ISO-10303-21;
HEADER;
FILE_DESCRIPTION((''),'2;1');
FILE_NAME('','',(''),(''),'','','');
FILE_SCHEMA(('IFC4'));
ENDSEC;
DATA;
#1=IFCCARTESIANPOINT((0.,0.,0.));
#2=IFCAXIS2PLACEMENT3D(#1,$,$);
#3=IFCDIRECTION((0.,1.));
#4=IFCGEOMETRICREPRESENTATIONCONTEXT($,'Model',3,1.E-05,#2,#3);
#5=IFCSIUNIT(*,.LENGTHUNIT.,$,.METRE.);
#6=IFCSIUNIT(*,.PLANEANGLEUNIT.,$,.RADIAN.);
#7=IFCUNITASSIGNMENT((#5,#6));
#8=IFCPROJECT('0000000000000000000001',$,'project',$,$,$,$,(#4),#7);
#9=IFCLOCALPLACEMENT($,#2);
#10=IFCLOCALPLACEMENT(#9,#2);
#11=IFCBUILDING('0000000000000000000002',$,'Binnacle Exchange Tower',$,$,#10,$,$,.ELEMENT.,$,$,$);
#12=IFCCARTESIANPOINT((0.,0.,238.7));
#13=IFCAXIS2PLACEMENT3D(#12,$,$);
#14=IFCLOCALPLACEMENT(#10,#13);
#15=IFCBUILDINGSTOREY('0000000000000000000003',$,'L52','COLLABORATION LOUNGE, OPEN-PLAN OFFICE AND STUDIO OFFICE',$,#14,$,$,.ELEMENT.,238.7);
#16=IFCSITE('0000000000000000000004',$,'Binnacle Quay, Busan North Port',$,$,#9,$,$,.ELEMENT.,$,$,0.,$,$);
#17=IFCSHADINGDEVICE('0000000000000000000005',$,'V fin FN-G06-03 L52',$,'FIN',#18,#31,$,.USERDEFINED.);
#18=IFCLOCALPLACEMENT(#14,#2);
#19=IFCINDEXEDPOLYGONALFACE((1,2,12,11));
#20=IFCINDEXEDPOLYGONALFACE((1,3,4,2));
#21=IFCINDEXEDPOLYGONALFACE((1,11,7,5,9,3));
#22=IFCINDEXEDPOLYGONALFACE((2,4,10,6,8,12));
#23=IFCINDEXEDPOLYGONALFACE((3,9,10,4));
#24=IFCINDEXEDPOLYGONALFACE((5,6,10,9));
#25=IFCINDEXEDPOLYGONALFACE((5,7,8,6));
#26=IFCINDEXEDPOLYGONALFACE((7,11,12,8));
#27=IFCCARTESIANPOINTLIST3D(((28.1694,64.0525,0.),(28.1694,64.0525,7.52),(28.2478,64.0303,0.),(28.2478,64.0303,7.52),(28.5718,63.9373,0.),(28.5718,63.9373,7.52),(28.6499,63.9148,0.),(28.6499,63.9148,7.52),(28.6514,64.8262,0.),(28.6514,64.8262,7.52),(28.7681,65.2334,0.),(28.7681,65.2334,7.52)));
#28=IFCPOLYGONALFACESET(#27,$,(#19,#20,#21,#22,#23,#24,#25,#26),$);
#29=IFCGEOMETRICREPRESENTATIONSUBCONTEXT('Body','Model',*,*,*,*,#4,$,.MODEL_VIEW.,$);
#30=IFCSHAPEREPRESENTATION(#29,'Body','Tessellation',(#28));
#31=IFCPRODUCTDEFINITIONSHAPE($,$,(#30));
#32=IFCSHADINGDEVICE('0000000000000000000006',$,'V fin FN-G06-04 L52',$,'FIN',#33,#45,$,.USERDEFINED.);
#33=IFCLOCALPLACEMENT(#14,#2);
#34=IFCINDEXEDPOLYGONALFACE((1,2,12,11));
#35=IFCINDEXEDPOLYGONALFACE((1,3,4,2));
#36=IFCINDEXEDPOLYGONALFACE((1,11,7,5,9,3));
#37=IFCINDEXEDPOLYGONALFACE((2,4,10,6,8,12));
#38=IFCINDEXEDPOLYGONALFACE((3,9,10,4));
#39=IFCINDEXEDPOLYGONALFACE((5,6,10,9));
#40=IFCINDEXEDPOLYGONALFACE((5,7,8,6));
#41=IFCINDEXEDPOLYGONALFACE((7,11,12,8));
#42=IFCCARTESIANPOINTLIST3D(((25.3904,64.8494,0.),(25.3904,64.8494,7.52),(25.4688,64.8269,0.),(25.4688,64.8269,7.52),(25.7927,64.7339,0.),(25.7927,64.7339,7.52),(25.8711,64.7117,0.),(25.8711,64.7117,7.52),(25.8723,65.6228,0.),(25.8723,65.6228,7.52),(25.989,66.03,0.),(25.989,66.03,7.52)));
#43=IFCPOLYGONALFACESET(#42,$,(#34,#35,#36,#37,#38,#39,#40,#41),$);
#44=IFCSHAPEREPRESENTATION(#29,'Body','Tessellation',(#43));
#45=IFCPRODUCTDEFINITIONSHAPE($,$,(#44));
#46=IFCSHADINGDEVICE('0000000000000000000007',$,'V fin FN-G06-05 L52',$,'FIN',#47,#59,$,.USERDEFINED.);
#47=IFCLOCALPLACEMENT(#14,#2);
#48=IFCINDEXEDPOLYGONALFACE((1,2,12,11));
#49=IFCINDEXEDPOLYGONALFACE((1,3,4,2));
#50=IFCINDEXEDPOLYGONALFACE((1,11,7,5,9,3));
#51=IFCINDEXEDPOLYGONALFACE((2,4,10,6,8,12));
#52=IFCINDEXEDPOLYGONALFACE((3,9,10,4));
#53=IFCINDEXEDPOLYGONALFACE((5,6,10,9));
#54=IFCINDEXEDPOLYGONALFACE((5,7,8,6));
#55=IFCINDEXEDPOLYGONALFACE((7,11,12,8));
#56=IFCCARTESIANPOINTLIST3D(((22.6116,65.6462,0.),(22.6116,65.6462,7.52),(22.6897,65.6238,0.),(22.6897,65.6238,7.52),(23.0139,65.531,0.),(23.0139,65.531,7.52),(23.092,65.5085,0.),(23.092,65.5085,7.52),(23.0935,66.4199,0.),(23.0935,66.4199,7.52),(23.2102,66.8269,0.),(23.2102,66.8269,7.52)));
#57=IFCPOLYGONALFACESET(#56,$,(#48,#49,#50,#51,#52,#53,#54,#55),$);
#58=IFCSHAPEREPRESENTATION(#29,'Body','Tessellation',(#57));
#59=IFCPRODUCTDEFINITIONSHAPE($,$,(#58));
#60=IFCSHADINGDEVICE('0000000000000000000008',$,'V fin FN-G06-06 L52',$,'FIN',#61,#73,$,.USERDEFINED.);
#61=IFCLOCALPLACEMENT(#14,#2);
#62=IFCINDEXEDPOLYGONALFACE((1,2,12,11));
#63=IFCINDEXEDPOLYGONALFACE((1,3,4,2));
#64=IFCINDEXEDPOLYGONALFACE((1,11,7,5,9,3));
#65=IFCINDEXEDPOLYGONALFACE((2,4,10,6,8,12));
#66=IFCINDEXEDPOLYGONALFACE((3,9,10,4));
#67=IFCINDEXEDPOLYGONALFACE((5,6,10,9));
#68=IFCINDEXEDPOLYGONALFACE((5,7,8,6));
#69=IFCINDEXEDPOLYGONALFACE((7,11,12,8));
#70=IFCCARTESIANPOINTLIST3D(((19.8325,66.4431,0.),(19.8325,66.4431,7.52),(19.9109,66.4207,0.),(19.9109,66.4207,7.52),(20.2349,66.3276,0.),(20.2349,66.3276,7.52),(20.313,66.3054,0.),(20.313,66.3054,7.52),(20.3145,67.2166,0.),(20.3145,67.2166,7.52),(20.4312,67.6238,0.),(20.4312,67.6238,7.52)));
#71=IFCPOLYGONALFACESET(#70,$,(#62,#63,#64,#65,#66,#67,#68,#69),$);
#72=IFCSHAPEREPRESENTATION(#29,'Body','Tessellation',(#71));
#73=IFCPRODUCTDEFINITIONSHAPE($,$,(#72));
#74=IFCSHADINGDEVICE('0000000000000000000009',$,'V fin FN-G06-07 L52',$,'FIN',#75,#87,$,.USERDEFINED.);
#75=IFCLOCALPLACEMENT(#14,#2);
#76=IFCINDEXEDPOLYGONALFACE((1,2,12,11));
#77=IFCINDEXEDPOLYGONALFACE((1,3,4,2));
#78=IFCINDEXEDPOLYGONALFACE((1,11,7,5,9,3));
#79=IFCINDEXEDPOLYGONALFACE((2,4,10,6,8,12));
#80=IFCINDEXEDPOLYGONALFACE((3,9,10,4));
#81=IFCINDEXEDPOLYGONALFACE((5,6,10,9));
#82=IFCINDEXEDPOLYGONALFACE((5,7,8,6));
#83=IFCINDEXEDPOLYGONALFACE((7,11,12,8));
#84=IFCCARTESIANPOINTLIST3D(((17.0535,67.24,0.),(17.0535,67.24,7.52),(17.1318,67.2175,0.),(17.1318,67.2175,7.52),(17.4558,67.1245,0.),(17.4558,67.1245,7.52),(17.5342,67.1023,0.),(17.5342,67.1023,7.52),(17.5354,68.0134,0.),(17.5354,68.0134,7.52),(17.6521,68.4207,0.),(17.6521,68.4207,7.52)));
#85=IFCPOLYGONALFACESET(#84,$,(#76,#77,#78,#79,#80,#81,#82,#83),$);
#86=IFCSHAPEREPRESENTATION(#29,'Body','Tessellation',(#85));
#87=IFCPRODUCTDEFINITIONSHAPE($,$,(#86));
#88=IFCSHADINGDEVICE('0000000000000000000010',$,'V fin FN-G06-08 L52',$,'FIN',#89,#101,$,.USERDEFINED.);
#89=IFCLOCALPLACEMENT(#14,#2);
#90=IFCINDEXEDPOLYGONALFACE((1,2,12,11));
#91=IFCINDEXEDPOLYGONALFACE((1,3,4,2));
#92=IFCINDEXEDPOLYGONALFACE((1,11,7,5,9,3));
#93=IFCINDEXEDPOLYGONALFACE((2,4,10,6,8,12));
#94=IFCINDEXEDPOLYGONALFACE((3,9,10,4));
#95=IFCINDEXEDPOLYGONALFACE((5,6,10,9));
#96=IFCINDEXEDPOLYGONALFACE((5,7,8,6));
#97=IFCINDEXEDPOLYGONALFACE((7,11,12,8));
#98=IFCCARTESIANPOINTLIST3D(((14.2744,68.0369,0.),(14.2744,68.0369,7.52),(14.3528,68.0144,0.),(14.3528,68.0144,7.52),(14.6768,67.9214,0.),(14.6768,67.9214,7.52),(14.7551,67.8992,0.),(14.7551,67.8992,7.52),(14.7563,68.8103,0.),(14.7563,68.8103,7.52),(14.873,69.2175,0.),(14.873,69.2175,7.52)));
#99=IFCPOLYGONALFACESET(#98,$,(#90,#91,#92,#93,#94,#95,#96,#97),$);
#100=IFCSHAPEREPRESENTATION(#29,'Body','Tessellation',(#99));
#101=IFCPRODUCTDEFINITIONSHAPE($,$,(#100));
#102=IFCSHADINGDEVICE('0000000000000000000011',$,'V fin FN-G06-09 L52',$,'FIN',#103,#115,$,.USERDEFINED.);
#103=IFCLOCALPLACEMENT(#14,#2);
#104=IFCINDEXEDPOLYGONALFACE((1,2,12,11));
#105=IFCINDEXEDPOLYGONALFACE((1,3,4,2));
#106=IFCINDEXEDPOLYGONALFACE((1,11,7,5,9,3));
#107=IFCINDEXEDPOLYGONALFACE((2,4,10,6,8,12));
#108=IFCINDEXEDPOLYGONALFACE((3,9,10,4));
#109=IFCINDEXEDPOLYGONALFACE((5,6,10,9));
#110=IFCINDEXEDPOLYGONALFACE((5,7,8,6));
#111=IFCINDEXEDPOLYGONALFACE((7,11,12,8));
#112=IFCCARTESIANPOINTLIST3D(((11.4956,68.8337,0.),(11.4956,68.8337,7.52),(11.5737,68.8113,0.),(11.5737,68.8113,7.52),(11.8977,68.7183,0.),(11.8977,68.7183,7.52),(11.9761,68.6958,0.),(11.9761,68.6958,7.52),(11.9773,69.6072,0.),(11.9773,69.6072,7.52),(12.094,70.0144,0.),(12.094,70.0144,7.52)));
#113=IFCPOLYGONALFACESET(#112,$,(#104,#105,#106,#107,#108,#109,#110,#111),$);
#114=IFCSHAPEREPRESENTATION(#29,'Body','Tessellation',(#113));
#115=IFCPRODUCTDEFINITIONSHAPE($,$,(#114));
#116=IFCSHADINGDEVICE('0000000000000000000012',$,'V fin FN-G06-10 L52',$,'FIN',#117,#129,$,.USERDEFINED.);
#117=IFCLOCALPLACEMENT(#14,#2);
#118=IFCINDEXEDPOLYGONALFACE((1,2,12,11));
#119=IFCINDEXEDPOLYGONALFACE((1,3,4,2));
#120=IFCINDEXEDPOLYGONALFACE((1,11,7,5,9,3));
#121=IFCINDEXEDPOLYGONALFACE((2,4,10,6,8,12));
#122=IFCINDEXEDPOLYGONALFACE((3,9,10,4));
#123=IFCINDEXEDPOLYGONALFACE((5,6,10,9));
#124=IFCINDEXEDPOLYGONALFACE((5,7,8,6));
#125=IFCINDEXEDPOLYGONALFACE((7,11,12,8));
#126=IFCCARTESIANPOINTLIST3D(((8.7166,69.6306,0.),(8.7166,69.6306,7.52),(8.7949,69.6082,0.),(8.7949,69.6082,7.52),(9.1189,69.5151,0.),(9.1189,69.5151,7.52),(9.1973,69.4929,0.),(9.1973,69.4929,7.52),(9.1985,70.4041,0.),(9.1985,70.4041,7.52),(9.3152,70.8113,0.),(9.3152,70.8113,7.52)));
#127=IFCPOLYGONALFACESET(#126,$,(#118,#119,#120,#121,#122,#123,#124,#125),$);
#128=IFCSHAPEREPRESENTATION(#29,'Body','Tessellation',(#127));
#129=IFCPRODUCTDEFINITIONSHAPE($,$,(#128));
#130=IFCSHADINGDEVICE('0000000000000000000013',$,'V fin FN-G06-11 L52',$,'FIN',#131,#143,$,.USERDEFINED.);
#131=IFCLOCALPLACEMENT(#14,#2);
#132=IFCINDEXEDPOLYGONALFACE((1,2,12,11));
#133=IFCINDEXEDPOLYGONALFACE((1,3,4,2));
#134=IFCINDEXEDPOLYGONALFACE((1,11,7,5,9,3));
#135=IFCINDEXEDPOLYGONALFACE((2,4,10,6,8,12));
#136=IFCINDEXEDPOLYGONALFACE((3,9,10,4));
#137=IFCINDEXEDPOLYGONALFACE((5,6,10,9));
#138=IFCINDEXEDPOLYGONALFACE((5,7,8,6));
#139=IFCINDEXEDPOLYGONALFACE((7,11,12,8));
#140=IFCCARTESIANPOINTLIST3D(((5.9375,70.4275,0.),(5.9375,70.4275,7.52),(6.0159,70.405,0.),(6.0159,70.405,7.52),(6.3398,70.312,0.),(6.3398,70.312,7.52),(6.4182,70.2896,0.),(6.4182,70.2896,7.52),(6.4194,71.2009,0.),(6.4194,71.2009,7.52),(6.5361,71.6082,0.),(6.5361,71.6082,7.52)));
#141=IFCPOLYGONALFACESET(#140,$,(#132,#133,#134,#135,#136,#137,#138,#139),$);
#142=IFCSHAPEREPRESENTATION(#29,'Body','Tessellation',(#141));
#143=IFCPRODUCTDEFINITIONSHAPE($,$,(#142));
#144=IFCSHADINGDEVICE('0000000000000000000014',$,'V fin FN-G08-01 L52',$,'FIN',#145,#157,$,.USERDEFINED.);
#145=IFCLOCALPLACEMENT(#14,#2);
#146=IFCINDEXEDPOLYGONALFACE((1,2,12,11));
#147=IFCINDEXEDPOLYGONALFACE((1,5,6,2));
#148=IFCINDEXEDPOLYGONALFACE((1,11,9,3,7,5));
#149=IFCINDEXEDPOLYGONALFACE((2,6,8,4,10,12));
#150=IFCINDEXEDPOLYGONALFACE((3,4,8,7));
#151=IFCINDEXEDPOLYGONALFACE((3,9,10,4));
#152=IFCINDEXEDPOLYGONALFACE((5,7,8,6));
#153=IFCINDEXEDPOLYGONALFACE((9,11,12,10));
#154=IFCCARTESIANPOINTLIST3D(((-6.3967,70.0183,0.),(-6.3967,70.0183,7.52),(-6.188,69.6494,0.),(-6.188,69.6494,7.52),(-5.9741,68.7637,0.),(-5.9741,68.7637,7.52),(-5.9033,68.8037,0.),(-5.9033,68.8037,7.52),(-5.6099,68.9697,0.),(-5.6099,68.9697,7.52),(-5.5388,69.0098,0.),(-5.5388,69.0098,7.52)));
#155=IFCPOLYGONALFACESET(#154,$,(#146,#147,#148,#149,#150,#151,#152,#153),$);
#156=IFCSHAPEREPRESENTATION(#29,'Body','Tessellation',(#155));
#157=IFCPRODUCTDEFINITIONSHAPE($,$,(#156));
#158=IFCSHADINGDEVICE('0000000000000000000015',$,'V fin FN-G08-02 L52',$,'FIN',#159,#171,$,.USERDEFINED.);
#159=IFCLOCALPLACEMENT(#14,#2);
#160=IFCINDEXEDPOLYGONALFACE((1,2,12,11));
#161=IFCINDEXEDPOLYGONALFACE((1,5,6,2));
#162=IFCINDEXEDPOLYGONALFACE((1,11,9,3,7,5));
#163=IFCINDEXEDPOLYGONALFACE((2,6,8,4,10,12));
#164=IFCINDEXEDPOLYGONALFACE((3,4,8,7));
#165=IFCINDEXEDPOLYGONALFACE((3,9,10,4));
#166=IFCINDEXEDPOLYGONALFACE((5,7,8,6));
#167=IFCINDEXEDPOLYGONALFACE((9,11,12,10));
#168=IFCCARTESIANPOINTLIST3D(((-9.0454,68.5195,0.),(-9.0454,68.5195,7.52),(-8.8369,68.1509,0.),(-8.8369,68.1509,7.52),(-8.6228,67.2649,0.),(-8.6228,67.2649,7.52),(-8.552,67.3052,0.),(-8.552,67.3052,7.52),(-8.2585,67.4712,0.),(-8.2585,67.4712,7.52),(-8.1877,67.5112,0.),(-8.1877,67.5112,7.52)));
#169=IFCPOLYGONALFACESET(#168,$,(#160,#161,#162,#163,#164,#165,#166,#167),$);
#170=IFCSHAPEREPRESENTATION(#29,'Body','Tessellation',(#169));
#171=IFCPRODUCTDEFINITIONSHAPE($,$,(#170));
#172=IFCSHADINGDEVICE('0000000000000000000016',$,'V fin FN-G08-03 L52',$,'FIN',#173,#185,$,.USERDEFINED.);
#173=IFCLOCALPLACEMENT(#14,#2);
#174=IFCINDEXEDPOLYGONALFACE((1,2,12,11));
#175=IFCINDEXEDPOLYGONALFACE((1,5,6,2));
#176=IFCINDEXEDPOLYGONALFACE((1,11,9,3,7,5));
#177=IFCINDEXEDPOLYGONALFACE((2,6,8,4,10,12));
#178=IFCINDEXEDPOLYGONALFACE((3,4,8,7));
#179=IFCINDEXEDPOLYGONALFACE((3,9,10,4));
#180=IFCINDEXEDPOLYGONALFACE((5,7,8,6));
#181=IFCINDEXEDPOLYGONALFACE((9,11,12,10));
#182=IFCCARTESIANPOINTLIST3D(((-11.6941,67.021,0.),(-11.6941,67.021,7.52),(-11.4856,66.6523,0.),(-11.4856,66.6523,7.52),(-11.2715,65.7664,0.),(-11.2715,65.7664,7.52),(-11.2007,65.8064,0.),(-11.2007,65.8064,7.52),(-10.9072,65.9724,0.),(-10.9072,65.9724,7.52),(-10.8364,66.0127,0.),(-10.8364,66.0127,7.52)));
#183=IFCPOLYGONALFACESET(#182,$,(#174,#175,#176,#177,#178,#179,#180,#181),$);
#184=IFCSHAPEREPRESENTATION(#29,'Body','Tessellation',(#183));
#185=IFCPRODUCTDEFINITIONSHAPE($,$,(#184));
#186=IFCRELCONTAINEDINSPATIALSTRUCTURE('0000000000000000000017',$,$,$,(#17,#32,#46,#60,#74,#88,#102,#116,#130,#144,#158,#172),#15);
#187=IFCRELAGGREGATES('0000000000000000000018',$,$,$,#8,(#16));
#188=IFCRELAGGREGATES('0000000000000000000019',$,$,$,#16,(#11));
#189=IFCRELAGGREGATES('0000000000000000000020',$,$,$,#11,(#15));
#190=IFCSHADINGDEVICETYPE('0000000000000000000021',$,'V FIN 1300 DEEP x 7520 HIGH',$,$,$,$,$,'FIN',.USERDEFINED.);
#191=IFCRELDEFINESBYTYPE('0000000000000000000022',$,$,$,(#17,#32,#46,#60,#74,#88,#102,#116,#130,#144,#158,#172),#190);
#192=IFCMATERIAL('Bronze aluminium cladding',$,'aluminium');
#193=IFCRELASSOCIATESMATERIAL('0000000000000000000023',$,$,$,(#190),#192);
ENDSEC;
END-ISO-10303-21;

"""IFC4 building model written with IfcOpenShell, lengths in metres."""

from ifc_helpers import new_model, si_unit, direction, frame, origin, place, context, subcontext, project, spatial, polyline, outline, extrude, material, type_object, element, save


model = new_model("IFC4")

# Units and contexts
model_context = context("Model", 3, precision=1e-05, world=origin(), true_north=direction((0.0, 1.0)))
body_context = subcontext(model_context, "Body", "Model", "MODEL_VIEW")
ifc_project = project(units=[si_unit("LENGTHUNIT", "METRE"), si_unit("PLANEANGLEUNIT", "RADIAN")], contexts=[model_context])

# Site, building, storey
site_placement = place(None, origin())
site = spatial("IfcSite", under=ifc_project, at=site_placement, Name="Binnacle Quay, Busan North Port", CompositionType="ELEMENT", RefElevation=0.0)
building_placement = place(site_placement, origin())
building = spatial("IfcBuilding", under=site, at=building_placement, Name="Binnacle Exchange Tower", CompositionType="ELEMENT")
storey_placement = place(building_placement, frame((0.0, 0.0, 238.7)))
storey = spatial("IfcBuildingStorey", under=building, at=storey_placement, Name="L52", Description="COLLABORATION LOUNGE, OPEN-PLAN OFFICE AND STUDIO OFFICE", CompositionType="ELEMENT", Elevation=238.7)

# Shading devices
ifc_material_1 = material(Name="Bronze aluminium cladding", Category="aluminium")
shading_device_type = type_object("IfcShadingDeviceType", Name="V FIN 1300 DEEP x 7520 HIGH", ElementType="FIN", PredefinedType="USERDEFINED", material=ifc_material_1)
shading_device_1_placement = place(storey_placement, origin())
element("IfcShadingDevice", 1, at=shading_device_1_placement, inside=storey, type_object=shading_device_type, Name="V fin FN-G06-03 L52", ObjectType="FIN", PredefinedType="USERDEFINED", context=body_context, shape_type="SweptSolid", body=[
    extrude(outline(polyline([(28.6499, 63.9148), (28.7681, 65.2334), (28.1694, 64.0525), (28.2478, 64.0303), (28.6514, 64.8262), (28.5718, 63.9373), (28.6499, 63.9148)])), origin(), (0.0, 0.0, 1.0), 7.52),
])
shading_device_2_placement = place(storey_placement, origin())
element("IfcShadingDevice", 2, at=shading_device_2_placement, inside=storey, type_object=shading_device_type, Name="V fin FN-G06-04 L52", ObjectType="FIN", PredefinedType="USERDEFINED", context=body_context, shape_type="SweptSolid", body=[
    extrude(outline(polyline([(25.8711, 64.7117), (25.989, 66.03), (25.3904, 64.8494), (25.4688, 64.8269), (25.8723, 65.6228), (25.7927, 64.7339), (25.8711, 64.7117)])), origin(), (0.0, 0.0, 1.0), 7.52),
])
shading_device_3_placement = place(storey_placement, origin())
element("IfcShadingDevice", 3, at=shading_device_3_placement, inside=storey, type_object=shading_device_type, Name="V fin FN-G06-05 L52", ObjectType="FIN", PredefinedType="USERDEFINED", context=body_context, shape_type="SweptSolid", body=[
    extrude(outline(polyline([(23.092, 65.5085), (23.2102, 66.8269), (22.6116, 65.6462), (22.6897, 65.6238), (23.0935, 66.4199), (23.0139, 65.531), (23.092, 65.5085)])), origin(), (0.0, 0.0, 1.0), 7.52),
])
shading_device_4_placement = place(storey_placement, origin())
element("IfcShadingDevice", 4, at=shading_device_4_placement, inside=storey, type_object=shading_device_type, Name="V fin FN-G06-06 L52", ObjectType="FIN", PredefinedType="USERDEFINED", context=body_context, shape_type="SweptSolid", body=[
    extrude(outline(polyline([(20.313, 66.3054), (20.4312, 67.6238), (19.8325, 66.4431), (19.9109, 66.4207), (20.3145, 67.2166), (20.2349, 66.3276), (20.313, 66.3054)])), origin(), (0.0, 0.0, 1.0), 7.52),
])
shading_device_5_placement = place(storey_placement, origin())
element("IfcShadingDevice", 5, at=shading_device_5_placement, inside=storey, type_object=shading_device_type, Name="V fin FN-G06-07 L52", ObjectType="FIN", PredefinedType="USERDEFINED", context=body_context, shape_type="SweptSolid", body=[
    extrude(outline(polyline([(17.5342, 67.1023), (17.6521, 68.4207), (17.0535, 67.24), (17.1318, 67.2175), (17.5354, 68.0134), (17.4558, 67.1245), (17.5342, 67.1023)])), origin(), (0.0, 0.0, 1.0), 7.52),
])
shading_device_6_placement = place(storey_placement, origin())
element("IfcShadingDevice", 6, at=shading_device_6_placement, inside=storey, type_object=shading_device_type, Name="V fin FN-G06-08 L52", ObjectType="FIN", PredefinedType="USERDEFINED", context=body_context, shape_type="SweptSolid", body=[
    extrude(outline(polyline([(14.7551, 67.8992), (14.873, 69.2175), (14.2744, 68.0369), (14.3528, 68.0144), (14.7563, 68.8103), (14.6768, 67.9214), (14.7551, 67.8992)])), origin(), (0.0, 0.0, 1.0), 7.52),
])
shading_device_7_placement = place(storey_placement, origin())
element("IfcShadingDevice", 7, at=shading_device_7_placement, inside=storey, type_object=shading_device_type, Name="V fin FN-G06-09 L52", ObjectType="FIN", PredefinedType="USERDEFINED", context=body_context, shape_type="SweptSolid", body=[
    extrude(outline(polyline([(11.9761, 68.6958), (12.094, 70.0144), (11.4956, 68.8337), (11.5737, 68.8113), (11.9773, 69.6072), (11.8977, 68.7183), (11.9761, 68.6958)])), origin(), (0.0, 0.0, 1.0), 7.52),
])
shading_device_8_placement = place(storey_placement, origin())
element("IfcShadingDevice", 8, at=shading_device_8_placement, inside=storey, type_object=shading_device_type, Name="V fin FN-G06-10 L52", ObjectType="FIN", PredefinedType="USERDEFINED", context=body_context, shape_type="SweptSolid", body=[
    extrude(outline(polyline([(9.1973, 69.4929), (9.3152, 70.8113), (8.7166, 69.6306), (8.7949, 69.6082), (9.1985, 70.4041), (9.1189, 69.5151), (9.1973, 69.4929)])), origin(), (0.0, 0.0, 1.0), 7.52),
])
shading_device_9_placement = place(storey_placement, origin())
element("IfcShadingDevice", 9, at=shading_device_9_placement, inside=storey, type_object=shading_device_type, Name="V fin FN-G06-11 L52", ObjectType="FIN", PredefinedType="USERDEFINED", context=body_context, shape_type="SweptSolid", body=[
    extrude(outline(polyline([(6.4182, 70.2896), (6.5361, 71.6082), (5.9375, 70.4275), (6.0159, 70.405), (6.4194, 71.2009), (6.3398, 70.312), (6.4182, 70.2896)])), origin(), (0.0, 0.0, 1.0), 7.52),
])
shading_device_10_placement = place(storey_placement, origin())
element("IfcShadingDevice", 10, at=shading_device_10_placement, inside=storey, type_object=shading_device_type, Name="V fin FN-G08-01 L52", ObjectType="FIN", PredefinedType="USERDEFINED", context=body_context, shape_type="SweptSolid", body=[
    extrude(outline(polyline([(-5.5388, 69.0098), (-6.3967, 70.0183), (-5.9741, 68.7637), (-5.9033, 68.8037), (-6.188, 69.6494), (-5.6099, 68.9697), (-5.5388, 69.0098)])), origin(), (0.0, 0.0, 1.0), 7.52),
])
shading_device_11_placement = place(storey_placement, origin())
element("IfcShadingDevice", 11, at=shading_device_11_placement, inside=storey, type_object=shading_device_type, Name="V fin FN-G08-02 L52", ObjectType="FIN", PredefinedType="USERDEFINED", context=body_context, shape_type="SweptSolid", body=[
    extrude(outline(polyline([(-8.1877, 67.5112), (-9.0454, 68.5195), (-8.6228, 67.2649), (-8.552, 67.3052), (-8.8369, 68.1509), (-8.2585, 67.4712), (-8.1877, 67.5112)])), origin(), (0.0, 0.0, 1.0), 7.52),
])
shading_device_12_placement = place(storey_placement, origin())
element("IfcShadingDevice", 12, at=shading_device_12_placement, inside=storey, type_object=shading_device_type, Name="V fin FN-G08-03 L52", ObjectType="FIN", PredefinedType="USERDEFINED", context=body_context, shape_type="SweptSolid", body=[
    extrude(outline(polyline([(-10.8364, 66.0127), (-11.6941, 67.021), (-11.2715, 65.7664), (-11.2007, 65.8064), (-11.4856, 66.6523), (-10.9072, 65.9724), (-10.8364, 66.0127)])), origin(), (0.0, 0.0, 1.0), 7.52),
])

save(model, "model.ifc")
